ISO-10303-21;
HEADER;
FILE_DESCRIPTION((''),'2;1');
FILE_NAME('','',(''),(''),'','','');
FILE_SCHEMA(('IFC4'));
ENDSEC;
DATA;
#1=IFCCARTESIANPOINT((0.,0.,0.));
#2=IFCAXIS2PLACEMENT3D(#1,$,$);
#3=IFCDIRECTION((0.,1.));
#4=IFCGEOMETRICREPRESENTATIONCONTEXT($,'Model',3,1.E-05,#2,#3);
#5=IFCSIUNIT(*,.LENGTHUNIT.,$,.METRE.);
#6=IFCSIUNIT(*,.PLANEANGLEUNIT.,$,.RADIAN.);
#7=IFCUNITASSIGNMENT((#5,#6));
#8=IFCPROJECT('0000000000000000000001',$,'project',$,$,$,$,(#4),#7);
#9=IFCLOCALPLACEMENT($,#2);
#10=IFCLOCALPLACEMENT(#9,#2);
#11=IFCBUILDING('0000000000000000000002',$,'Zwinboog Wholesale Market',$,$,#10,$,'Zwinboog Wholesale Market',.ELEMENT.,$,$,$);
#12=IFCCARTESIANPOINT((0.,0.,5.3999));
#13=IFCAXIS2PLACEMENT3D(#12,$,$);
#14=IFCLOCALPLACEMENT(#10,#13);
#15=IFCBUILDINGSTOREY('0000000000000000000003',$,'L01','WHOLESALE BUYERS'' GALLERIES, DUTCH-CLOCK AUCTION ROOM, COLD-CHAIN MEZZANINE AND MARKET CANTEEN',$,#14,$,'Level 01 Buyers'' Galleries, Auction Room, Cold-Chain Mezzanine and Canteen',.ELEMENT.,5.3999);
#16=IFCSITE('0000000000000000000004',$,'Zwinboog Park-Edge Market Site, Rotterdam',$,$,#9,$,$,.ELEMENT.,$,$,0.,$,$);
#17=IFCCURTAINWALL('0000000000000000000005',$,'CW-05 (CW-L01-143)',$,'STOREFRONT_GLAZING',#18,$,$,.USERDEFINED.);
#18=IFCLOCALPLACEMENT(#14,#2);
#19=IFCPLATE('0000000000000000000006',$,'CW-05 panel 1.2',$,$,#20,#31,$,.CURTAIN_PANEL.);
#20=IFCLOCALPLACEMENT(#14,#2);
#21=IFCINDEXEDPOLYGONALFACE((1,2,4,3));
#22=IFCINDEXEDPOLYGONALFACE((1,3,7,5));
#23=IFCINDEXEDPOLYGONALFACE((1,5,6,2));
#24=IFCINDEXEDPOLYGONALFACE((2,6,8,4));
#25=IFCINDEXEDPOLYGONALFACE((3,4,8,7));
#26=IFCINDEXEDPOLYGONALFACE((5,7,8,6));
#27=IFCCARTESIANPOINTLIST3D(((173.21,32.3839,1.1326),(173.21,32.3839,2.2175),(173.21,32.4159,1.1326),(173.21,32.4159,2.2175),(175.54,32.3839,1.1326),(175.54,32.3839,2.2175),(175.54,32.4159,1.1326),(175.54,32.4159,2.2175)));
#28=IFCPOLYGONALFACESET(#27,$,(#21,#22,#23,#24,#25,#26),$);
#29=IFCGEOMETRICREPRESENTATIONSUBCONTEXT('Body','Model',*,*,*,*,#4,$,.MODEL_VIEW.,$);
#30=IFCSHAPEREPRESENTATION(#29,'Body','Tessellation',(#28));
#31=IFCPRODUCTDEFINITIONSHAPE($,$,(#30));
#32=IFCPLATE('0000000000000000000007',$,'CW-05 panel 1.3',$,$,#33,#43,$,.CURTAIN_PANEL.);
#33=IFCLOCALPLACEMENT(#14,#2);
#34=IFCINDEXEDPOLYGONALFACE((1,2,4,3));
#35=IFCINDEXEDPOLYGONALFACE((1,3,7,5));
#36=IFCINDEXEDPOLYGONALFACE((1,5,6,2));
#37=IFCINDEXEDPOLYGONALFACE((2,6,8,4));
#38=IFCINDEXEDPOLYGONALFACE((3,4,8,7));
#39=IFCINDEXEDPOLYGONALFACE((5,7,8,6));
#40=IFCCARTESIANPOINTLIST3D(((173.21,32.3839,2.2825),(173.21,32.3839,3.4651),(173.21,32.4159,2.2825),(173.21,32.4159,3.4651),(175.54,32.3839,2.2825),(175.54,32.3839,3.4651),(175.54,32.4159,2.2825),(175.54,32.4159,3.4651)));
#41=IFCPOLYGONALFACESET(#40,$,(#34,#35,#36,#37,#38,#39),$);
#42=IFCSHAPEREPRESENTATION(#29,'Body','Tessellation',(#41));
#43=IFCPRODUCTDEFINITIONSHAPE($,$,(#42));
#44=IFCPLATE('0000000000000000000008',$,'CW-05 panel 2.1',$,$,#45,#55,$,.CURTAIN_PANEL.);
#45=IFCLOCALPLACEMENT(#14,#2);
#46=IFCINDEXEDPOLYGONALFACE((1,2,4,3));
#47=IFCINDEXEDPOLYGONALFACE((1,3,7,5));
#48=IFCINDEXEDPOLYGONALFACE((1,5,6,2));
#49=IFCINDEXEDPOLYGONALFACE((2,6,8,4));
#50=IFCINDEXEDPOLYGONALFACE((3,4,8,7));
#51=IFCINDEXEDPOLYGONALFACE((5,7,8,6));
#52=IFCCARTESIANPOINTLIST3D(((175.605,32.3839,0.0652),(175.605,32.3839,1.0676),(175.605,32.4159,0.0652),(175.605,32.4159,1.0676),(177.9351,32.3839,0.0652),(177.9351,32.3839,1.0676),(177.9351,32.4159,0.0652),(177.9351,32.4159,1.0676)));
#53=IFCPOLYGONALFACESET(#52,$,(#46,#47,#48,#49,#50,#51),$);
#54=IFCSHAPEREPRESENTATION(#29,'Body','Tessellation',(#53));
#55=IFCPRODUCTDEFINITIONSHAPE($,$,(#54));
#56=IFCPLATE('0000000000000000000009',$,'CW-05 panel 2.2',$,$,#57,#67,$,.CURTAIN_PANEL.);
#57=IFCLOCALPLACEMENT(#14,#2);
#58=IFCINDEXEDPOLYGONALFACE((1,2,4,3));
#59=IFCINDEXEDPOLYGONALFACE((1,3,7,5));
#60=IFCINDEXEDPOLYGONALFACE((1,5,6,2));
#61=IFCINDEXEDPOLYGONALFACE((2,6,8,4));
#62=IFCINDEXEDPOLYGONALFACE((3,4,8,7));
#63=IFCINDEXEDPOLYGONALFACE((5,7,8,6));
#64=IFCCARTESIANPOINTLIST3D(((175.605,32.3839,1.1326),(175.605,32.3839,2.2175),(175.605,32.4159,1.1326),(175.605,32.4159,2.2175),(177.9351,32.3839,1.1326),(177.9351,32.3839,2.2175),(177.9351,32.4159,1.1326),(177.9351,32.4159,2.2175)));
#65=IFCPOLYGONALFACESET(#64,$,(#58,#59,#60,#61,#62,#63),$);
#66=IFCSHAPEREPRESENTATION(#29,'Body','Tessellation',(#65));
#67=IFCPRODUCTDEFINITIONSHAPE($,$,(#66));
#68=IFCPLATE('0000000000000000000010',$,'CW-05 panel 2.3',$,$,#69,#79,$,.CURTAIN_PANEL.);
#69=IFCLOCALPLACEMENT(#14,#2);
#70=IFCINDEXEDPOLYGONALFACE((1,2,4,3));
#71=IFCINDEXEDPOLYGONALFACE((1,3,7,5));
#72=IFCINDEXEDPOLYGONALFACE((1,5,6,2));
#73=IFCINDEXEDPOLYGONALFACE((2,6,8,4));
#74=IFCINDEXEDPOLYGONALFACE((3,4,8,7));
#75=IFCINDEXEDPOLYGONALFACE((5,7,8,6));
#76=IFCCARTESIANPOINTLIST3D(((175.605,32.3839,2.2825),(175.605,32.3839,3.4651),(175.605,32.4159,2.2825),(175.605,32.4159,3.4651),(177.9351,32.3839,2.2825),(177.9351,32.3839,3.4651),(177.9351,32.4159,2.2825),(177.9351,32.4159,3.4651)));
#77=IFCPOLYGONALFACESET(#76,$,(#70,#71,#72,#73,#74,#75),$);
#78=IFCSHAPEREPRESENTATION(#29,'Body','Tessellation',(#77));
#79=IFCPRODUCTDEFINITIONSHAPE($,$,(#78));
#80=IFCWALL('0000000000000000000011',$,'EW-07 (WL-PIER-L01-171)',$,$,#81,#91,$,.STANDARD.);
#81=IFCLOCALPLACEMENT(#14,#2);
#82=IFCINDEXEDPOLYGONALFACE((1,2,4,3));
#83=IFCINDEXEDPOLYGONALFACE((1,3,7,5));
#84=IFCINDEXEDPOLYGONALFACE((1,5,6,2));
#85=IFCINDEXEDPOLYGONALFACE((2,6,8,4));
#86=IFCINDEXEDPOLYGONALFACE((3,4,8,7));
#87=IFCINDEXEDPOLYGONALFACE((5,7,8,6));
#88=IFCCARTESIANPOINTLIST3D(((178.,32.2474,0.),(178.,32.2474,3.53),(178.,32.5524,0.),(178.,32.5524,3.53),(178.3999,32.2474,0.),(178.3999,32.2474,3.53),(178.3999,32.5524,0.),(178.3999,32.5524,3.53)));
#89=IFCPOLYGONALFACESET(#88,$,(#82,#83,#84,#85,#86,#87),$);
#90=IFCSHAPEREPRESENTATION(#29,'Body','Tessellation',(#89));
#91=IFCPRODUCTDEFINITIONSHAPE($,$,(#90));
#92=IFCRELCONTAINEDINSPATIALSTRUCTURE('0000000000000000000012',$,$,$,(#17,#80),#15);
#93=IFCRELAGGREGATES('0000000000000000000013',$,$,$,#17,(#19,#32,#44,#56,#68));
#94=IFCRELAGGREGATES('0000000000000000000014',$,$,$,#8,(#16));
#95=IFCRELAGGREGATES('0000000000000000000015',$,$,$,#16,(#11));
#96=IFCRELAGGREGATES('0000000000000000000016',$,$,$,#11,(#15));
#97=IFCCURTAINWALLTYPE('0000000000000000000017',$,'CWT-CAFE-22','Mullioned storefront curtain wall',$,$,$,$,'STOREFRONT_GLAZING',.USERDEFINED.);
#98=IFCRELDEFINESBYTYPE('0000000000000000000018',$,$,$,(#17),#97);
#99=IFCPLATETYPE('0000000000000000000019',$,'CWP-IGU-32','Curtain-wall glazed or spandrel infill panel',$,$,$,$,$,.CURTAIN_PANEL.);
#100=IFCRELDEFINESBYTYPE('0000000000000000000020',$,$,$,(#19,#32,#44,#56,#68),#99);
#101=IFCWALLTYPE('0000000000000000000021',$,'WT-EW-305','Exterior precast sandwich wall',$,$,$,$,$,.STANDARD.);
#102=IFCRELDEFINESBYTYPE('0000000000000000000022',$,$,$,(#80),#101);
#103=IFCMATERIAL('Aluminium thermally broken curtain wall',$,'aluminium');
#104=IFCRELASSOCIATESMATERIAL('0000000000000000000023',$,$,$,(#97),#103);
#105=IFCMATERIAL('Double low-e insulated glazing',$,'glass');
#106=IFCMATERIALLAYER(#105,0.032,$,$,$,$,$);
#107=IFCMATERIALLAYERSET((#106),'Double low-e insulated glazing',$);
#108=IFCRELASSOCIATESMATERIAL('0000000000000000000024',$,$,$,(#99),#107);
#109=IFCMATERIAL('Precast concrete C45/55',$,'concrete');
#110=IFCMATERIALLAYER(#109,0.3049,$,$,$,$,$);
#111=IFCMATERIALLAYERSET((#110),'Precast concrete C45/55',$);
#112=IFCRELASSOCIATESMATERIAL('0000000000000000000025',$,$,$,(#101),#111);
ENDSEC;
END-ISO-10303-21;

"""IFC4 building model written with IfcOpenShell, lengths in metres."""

from ifc_helpers import new_model, si_unit, direction, frame, frame_2d, origin, origin_2d, place, context, subcontext, project, spatial, rectangle, extrude, material, layer, layer_set, type_object, element, aggregate, save


model = new_model("IFC4")

# Units and contexts
model_context = context("Model", 3, precision=1e-05, world=origin(), true_north=direction((0.0, 1.0)))
body_context = subcontext(model_context, "Body", "Model", "MODEL_VIEW")
ifc_project = project(units=[si_unit("LENGTHUNIT", "METRE"), si_unit("PLANEANGLEUNIT", "RADIAN")], contexts=[model_context])

# Site, building, storey
site_placement = place(None, origin())
site = spatial("IfcSite", under=ifc_project, at=site_placement, Name="Zwinboog Park-Edge Market Site, Rotterdam", CompositionType="ELEMENT", RefElevation=0.0)
building_placement = place(site_placement, origin())
building = spatial("IfcBuilding", under=site, at=building_placement, Name="Zwinboog Wholesale Market", LongName="Zwinboog Wholesale Market", CompositionType="ELEMENT")
storey_placement = place(building_placement, frame((0.0, 0.0, 5.3999)))
storey = spatial("IfcBuildingStorey", under=building, at=storey_placement, Name="L01", Description="WHOLESALE BUYERS' GALLERIES, DUTCH-CLOCK AUCTION ROOM, COLD-CHAIN MEZZANINE AND MARKET CANTEEN", LongName="Level 01 Buyers' Galleries, Auction Room, Cold-Chain Mezzanine and Canteen", CompositionType="ELEMENT", Elevation=5.3999)

# Curtain wall
ifc_material_1 = material(Name="Aluminium thermally broken curtain wall", Category="aluminium")
curtain_wall_type_1 = type_object("IfcCurtainWallType", Name="CWT-CAFE-22", Description="Mullioned storefront curtain wall", ElementType="STOREFRONT_GLAZING", PredefinedType="USERDEFINED", material=ifc_material_1)
curtain_wall_1_placement = place(storey_placement, origin())
curtain_wall_1 = element("IfcCurtainWall", 1, at=curtain_wall_1_placement, inside=storey, type_object=curtain_wall_type_1, Name="CW-05 (CW-L01-143)", ObjectType="STOREFRONT_GLAZING", PredefinedType="USERDEFINED")

# Plates
ifc_material_2 = material(Name="Double low-e insulated glazing", Category="glass")
ifc_layer_1 = layer(ifc_material_2, 0.032)
ifc_layer_set_1 = layer_set([ifc_layer_1], Name="Double low-e insulated glazing")
plate_type = type_object("IfcPlateType", Name="CWP-IGU-32", Description="Curtain-wall glazed or spandrel infill panel", PredefinedType="CURTAIN_PANEL", material=ifc_layer_set_1)
plate_1_placement = place(storey_placement, frame((174.375, 32.3999, 1.1326), z_axis=(0.0, 0.0, 1.0), x_axis=(1.0, 0.0, 0.0)))
plate_1 = element("IfcPlate", 2, at=plate_1_placement, type_object=plate_type, Name="CW-05 panel 1.2", PredefinedType="CURTAIN_PANEL", context=body_context, shape_type="SweptSolid", body=[
    extrude(rectangle(XDim=2.3301, YDim=0.032, at=origin_2d()), origin(), (0.0, 0.0, 1.0), 1.085),
])
plate_2_placement = place(storey_placement, frame((174.375, 32.3999, 2.2825), z_axis=(0.0, 0.0, 1.0), x_axis=(1.0, 0.0, 0.0)))
plate_2 = element("IfcPlate", 3, at=plate_2_placement, type_object=plate_type, Name="CW-05 panel 1.3", PredefinedType="CURTAIN_PANEL", context=body_context, shape_type="SweptSolid", body=[
    extrude(rectangle(XDim=2.3301, YDim=0.032, at=origin_2d()), origin(), (0.0, 0.0, 1.0), 1.1826),
])
plate_3_placement = place(storey_placement, frame((176.77, 32.3999, 0.0652), z_axis=(0.0, 0.0, 1.0), x_axis=(1.0, 0.0, 0.0)))
plate_3 = element("IfcPlate", 4, at=plate_3_placement, type_object=plate_type, Name="CW-05 panel 2.1", PredefinedType="CURTAIN_PANEL", context=body_context, shape_type="SweptSolid", body=[
    extrude(rectangle(XDim=2.3301, YDim=0.032, at=origin_2d()), origin(), (0.0, 0.0, 1.0), 1.0024),
])
plate_4_placement = place(storey_placement, frame((176.77, 32.3999, 1.1326), z_axis=(0.0, 0.0, 1.0), x_axis=(1.0, 0.0, 0.0)))
plate_4 = element("IfcPlate", 5, at=plate_4_placement, type_object=plate_type, Name="CW-05 panel 2.2", PredefinedType="CURTAIN_PANEL", context=body_context, shape_type="SweptSolid", body=[
    extrude(rectangle(XDim=2.3301, YDim=0.032, at=origin_2d()), origin(), (0.0, 0.0, 1.0), 1.085),
])
plate_5_placement = place(storey_placement, frame((176.77, 32.3999, 2.2825), z_axis=(0.0, 0.0, 1.0), x_axis=(1.0, 0.0, 0.0)))
plate_5 = element("IfcPlate", 6, at=plate_5_placement, type_object=plate_type, Name="CW-05 panel 2.3", PredefinedType="CURTAIN_PANEL", context=body_context, shape_type="SweptSolid", body=[
    extrude(rectangle(XDim=2.3301, YDim=0.032, at=origin_2d()), origin(), (0.0, 0.0, 1.0), 1.1826),
])
aggregate(curtain_wall_1, [plate_1, plate_2, plate_3, plate_4, plate_5])

# Wall
ifc_material_3 = material(Name="Precast concrete C45/55", Category="concrete")
ifc_layer_2 = layer(ifc_material_3, 0.3049)
ifc_layer_set_2 = layer_set([ifc_layer_2], Name="Precast concrete C45/55")
wall_type = type_object("IfcWallType", Name="WT-EW-305", Description="Exterior precast sandwich wall", PredefinedType="STANDARD", material=ifc_layer_set_2)
wall_placement = place(storey_placement, frame((178.0, 32.3999, 0.0), z_axis=(0.0, 0.0, 1.0), x_axis=(1.0, 0.0, 0.0)))
element("IfcWall", 7, at=wall_placement, inside=storey, type_object=wall_type, Name="EW-07 (WL-PIER-L01-171)", PredefinedType="STANDARD", context=body_context, shape_type="SweptSolid", body=[
    extrude(rectangle(XDim=0.3999, YDim=0.3049, at=frame_2d((0.2, 0.0))), origin(), (0.0, 0.0, 1.0), 3.53),
])

save(model, "model.ifc")
